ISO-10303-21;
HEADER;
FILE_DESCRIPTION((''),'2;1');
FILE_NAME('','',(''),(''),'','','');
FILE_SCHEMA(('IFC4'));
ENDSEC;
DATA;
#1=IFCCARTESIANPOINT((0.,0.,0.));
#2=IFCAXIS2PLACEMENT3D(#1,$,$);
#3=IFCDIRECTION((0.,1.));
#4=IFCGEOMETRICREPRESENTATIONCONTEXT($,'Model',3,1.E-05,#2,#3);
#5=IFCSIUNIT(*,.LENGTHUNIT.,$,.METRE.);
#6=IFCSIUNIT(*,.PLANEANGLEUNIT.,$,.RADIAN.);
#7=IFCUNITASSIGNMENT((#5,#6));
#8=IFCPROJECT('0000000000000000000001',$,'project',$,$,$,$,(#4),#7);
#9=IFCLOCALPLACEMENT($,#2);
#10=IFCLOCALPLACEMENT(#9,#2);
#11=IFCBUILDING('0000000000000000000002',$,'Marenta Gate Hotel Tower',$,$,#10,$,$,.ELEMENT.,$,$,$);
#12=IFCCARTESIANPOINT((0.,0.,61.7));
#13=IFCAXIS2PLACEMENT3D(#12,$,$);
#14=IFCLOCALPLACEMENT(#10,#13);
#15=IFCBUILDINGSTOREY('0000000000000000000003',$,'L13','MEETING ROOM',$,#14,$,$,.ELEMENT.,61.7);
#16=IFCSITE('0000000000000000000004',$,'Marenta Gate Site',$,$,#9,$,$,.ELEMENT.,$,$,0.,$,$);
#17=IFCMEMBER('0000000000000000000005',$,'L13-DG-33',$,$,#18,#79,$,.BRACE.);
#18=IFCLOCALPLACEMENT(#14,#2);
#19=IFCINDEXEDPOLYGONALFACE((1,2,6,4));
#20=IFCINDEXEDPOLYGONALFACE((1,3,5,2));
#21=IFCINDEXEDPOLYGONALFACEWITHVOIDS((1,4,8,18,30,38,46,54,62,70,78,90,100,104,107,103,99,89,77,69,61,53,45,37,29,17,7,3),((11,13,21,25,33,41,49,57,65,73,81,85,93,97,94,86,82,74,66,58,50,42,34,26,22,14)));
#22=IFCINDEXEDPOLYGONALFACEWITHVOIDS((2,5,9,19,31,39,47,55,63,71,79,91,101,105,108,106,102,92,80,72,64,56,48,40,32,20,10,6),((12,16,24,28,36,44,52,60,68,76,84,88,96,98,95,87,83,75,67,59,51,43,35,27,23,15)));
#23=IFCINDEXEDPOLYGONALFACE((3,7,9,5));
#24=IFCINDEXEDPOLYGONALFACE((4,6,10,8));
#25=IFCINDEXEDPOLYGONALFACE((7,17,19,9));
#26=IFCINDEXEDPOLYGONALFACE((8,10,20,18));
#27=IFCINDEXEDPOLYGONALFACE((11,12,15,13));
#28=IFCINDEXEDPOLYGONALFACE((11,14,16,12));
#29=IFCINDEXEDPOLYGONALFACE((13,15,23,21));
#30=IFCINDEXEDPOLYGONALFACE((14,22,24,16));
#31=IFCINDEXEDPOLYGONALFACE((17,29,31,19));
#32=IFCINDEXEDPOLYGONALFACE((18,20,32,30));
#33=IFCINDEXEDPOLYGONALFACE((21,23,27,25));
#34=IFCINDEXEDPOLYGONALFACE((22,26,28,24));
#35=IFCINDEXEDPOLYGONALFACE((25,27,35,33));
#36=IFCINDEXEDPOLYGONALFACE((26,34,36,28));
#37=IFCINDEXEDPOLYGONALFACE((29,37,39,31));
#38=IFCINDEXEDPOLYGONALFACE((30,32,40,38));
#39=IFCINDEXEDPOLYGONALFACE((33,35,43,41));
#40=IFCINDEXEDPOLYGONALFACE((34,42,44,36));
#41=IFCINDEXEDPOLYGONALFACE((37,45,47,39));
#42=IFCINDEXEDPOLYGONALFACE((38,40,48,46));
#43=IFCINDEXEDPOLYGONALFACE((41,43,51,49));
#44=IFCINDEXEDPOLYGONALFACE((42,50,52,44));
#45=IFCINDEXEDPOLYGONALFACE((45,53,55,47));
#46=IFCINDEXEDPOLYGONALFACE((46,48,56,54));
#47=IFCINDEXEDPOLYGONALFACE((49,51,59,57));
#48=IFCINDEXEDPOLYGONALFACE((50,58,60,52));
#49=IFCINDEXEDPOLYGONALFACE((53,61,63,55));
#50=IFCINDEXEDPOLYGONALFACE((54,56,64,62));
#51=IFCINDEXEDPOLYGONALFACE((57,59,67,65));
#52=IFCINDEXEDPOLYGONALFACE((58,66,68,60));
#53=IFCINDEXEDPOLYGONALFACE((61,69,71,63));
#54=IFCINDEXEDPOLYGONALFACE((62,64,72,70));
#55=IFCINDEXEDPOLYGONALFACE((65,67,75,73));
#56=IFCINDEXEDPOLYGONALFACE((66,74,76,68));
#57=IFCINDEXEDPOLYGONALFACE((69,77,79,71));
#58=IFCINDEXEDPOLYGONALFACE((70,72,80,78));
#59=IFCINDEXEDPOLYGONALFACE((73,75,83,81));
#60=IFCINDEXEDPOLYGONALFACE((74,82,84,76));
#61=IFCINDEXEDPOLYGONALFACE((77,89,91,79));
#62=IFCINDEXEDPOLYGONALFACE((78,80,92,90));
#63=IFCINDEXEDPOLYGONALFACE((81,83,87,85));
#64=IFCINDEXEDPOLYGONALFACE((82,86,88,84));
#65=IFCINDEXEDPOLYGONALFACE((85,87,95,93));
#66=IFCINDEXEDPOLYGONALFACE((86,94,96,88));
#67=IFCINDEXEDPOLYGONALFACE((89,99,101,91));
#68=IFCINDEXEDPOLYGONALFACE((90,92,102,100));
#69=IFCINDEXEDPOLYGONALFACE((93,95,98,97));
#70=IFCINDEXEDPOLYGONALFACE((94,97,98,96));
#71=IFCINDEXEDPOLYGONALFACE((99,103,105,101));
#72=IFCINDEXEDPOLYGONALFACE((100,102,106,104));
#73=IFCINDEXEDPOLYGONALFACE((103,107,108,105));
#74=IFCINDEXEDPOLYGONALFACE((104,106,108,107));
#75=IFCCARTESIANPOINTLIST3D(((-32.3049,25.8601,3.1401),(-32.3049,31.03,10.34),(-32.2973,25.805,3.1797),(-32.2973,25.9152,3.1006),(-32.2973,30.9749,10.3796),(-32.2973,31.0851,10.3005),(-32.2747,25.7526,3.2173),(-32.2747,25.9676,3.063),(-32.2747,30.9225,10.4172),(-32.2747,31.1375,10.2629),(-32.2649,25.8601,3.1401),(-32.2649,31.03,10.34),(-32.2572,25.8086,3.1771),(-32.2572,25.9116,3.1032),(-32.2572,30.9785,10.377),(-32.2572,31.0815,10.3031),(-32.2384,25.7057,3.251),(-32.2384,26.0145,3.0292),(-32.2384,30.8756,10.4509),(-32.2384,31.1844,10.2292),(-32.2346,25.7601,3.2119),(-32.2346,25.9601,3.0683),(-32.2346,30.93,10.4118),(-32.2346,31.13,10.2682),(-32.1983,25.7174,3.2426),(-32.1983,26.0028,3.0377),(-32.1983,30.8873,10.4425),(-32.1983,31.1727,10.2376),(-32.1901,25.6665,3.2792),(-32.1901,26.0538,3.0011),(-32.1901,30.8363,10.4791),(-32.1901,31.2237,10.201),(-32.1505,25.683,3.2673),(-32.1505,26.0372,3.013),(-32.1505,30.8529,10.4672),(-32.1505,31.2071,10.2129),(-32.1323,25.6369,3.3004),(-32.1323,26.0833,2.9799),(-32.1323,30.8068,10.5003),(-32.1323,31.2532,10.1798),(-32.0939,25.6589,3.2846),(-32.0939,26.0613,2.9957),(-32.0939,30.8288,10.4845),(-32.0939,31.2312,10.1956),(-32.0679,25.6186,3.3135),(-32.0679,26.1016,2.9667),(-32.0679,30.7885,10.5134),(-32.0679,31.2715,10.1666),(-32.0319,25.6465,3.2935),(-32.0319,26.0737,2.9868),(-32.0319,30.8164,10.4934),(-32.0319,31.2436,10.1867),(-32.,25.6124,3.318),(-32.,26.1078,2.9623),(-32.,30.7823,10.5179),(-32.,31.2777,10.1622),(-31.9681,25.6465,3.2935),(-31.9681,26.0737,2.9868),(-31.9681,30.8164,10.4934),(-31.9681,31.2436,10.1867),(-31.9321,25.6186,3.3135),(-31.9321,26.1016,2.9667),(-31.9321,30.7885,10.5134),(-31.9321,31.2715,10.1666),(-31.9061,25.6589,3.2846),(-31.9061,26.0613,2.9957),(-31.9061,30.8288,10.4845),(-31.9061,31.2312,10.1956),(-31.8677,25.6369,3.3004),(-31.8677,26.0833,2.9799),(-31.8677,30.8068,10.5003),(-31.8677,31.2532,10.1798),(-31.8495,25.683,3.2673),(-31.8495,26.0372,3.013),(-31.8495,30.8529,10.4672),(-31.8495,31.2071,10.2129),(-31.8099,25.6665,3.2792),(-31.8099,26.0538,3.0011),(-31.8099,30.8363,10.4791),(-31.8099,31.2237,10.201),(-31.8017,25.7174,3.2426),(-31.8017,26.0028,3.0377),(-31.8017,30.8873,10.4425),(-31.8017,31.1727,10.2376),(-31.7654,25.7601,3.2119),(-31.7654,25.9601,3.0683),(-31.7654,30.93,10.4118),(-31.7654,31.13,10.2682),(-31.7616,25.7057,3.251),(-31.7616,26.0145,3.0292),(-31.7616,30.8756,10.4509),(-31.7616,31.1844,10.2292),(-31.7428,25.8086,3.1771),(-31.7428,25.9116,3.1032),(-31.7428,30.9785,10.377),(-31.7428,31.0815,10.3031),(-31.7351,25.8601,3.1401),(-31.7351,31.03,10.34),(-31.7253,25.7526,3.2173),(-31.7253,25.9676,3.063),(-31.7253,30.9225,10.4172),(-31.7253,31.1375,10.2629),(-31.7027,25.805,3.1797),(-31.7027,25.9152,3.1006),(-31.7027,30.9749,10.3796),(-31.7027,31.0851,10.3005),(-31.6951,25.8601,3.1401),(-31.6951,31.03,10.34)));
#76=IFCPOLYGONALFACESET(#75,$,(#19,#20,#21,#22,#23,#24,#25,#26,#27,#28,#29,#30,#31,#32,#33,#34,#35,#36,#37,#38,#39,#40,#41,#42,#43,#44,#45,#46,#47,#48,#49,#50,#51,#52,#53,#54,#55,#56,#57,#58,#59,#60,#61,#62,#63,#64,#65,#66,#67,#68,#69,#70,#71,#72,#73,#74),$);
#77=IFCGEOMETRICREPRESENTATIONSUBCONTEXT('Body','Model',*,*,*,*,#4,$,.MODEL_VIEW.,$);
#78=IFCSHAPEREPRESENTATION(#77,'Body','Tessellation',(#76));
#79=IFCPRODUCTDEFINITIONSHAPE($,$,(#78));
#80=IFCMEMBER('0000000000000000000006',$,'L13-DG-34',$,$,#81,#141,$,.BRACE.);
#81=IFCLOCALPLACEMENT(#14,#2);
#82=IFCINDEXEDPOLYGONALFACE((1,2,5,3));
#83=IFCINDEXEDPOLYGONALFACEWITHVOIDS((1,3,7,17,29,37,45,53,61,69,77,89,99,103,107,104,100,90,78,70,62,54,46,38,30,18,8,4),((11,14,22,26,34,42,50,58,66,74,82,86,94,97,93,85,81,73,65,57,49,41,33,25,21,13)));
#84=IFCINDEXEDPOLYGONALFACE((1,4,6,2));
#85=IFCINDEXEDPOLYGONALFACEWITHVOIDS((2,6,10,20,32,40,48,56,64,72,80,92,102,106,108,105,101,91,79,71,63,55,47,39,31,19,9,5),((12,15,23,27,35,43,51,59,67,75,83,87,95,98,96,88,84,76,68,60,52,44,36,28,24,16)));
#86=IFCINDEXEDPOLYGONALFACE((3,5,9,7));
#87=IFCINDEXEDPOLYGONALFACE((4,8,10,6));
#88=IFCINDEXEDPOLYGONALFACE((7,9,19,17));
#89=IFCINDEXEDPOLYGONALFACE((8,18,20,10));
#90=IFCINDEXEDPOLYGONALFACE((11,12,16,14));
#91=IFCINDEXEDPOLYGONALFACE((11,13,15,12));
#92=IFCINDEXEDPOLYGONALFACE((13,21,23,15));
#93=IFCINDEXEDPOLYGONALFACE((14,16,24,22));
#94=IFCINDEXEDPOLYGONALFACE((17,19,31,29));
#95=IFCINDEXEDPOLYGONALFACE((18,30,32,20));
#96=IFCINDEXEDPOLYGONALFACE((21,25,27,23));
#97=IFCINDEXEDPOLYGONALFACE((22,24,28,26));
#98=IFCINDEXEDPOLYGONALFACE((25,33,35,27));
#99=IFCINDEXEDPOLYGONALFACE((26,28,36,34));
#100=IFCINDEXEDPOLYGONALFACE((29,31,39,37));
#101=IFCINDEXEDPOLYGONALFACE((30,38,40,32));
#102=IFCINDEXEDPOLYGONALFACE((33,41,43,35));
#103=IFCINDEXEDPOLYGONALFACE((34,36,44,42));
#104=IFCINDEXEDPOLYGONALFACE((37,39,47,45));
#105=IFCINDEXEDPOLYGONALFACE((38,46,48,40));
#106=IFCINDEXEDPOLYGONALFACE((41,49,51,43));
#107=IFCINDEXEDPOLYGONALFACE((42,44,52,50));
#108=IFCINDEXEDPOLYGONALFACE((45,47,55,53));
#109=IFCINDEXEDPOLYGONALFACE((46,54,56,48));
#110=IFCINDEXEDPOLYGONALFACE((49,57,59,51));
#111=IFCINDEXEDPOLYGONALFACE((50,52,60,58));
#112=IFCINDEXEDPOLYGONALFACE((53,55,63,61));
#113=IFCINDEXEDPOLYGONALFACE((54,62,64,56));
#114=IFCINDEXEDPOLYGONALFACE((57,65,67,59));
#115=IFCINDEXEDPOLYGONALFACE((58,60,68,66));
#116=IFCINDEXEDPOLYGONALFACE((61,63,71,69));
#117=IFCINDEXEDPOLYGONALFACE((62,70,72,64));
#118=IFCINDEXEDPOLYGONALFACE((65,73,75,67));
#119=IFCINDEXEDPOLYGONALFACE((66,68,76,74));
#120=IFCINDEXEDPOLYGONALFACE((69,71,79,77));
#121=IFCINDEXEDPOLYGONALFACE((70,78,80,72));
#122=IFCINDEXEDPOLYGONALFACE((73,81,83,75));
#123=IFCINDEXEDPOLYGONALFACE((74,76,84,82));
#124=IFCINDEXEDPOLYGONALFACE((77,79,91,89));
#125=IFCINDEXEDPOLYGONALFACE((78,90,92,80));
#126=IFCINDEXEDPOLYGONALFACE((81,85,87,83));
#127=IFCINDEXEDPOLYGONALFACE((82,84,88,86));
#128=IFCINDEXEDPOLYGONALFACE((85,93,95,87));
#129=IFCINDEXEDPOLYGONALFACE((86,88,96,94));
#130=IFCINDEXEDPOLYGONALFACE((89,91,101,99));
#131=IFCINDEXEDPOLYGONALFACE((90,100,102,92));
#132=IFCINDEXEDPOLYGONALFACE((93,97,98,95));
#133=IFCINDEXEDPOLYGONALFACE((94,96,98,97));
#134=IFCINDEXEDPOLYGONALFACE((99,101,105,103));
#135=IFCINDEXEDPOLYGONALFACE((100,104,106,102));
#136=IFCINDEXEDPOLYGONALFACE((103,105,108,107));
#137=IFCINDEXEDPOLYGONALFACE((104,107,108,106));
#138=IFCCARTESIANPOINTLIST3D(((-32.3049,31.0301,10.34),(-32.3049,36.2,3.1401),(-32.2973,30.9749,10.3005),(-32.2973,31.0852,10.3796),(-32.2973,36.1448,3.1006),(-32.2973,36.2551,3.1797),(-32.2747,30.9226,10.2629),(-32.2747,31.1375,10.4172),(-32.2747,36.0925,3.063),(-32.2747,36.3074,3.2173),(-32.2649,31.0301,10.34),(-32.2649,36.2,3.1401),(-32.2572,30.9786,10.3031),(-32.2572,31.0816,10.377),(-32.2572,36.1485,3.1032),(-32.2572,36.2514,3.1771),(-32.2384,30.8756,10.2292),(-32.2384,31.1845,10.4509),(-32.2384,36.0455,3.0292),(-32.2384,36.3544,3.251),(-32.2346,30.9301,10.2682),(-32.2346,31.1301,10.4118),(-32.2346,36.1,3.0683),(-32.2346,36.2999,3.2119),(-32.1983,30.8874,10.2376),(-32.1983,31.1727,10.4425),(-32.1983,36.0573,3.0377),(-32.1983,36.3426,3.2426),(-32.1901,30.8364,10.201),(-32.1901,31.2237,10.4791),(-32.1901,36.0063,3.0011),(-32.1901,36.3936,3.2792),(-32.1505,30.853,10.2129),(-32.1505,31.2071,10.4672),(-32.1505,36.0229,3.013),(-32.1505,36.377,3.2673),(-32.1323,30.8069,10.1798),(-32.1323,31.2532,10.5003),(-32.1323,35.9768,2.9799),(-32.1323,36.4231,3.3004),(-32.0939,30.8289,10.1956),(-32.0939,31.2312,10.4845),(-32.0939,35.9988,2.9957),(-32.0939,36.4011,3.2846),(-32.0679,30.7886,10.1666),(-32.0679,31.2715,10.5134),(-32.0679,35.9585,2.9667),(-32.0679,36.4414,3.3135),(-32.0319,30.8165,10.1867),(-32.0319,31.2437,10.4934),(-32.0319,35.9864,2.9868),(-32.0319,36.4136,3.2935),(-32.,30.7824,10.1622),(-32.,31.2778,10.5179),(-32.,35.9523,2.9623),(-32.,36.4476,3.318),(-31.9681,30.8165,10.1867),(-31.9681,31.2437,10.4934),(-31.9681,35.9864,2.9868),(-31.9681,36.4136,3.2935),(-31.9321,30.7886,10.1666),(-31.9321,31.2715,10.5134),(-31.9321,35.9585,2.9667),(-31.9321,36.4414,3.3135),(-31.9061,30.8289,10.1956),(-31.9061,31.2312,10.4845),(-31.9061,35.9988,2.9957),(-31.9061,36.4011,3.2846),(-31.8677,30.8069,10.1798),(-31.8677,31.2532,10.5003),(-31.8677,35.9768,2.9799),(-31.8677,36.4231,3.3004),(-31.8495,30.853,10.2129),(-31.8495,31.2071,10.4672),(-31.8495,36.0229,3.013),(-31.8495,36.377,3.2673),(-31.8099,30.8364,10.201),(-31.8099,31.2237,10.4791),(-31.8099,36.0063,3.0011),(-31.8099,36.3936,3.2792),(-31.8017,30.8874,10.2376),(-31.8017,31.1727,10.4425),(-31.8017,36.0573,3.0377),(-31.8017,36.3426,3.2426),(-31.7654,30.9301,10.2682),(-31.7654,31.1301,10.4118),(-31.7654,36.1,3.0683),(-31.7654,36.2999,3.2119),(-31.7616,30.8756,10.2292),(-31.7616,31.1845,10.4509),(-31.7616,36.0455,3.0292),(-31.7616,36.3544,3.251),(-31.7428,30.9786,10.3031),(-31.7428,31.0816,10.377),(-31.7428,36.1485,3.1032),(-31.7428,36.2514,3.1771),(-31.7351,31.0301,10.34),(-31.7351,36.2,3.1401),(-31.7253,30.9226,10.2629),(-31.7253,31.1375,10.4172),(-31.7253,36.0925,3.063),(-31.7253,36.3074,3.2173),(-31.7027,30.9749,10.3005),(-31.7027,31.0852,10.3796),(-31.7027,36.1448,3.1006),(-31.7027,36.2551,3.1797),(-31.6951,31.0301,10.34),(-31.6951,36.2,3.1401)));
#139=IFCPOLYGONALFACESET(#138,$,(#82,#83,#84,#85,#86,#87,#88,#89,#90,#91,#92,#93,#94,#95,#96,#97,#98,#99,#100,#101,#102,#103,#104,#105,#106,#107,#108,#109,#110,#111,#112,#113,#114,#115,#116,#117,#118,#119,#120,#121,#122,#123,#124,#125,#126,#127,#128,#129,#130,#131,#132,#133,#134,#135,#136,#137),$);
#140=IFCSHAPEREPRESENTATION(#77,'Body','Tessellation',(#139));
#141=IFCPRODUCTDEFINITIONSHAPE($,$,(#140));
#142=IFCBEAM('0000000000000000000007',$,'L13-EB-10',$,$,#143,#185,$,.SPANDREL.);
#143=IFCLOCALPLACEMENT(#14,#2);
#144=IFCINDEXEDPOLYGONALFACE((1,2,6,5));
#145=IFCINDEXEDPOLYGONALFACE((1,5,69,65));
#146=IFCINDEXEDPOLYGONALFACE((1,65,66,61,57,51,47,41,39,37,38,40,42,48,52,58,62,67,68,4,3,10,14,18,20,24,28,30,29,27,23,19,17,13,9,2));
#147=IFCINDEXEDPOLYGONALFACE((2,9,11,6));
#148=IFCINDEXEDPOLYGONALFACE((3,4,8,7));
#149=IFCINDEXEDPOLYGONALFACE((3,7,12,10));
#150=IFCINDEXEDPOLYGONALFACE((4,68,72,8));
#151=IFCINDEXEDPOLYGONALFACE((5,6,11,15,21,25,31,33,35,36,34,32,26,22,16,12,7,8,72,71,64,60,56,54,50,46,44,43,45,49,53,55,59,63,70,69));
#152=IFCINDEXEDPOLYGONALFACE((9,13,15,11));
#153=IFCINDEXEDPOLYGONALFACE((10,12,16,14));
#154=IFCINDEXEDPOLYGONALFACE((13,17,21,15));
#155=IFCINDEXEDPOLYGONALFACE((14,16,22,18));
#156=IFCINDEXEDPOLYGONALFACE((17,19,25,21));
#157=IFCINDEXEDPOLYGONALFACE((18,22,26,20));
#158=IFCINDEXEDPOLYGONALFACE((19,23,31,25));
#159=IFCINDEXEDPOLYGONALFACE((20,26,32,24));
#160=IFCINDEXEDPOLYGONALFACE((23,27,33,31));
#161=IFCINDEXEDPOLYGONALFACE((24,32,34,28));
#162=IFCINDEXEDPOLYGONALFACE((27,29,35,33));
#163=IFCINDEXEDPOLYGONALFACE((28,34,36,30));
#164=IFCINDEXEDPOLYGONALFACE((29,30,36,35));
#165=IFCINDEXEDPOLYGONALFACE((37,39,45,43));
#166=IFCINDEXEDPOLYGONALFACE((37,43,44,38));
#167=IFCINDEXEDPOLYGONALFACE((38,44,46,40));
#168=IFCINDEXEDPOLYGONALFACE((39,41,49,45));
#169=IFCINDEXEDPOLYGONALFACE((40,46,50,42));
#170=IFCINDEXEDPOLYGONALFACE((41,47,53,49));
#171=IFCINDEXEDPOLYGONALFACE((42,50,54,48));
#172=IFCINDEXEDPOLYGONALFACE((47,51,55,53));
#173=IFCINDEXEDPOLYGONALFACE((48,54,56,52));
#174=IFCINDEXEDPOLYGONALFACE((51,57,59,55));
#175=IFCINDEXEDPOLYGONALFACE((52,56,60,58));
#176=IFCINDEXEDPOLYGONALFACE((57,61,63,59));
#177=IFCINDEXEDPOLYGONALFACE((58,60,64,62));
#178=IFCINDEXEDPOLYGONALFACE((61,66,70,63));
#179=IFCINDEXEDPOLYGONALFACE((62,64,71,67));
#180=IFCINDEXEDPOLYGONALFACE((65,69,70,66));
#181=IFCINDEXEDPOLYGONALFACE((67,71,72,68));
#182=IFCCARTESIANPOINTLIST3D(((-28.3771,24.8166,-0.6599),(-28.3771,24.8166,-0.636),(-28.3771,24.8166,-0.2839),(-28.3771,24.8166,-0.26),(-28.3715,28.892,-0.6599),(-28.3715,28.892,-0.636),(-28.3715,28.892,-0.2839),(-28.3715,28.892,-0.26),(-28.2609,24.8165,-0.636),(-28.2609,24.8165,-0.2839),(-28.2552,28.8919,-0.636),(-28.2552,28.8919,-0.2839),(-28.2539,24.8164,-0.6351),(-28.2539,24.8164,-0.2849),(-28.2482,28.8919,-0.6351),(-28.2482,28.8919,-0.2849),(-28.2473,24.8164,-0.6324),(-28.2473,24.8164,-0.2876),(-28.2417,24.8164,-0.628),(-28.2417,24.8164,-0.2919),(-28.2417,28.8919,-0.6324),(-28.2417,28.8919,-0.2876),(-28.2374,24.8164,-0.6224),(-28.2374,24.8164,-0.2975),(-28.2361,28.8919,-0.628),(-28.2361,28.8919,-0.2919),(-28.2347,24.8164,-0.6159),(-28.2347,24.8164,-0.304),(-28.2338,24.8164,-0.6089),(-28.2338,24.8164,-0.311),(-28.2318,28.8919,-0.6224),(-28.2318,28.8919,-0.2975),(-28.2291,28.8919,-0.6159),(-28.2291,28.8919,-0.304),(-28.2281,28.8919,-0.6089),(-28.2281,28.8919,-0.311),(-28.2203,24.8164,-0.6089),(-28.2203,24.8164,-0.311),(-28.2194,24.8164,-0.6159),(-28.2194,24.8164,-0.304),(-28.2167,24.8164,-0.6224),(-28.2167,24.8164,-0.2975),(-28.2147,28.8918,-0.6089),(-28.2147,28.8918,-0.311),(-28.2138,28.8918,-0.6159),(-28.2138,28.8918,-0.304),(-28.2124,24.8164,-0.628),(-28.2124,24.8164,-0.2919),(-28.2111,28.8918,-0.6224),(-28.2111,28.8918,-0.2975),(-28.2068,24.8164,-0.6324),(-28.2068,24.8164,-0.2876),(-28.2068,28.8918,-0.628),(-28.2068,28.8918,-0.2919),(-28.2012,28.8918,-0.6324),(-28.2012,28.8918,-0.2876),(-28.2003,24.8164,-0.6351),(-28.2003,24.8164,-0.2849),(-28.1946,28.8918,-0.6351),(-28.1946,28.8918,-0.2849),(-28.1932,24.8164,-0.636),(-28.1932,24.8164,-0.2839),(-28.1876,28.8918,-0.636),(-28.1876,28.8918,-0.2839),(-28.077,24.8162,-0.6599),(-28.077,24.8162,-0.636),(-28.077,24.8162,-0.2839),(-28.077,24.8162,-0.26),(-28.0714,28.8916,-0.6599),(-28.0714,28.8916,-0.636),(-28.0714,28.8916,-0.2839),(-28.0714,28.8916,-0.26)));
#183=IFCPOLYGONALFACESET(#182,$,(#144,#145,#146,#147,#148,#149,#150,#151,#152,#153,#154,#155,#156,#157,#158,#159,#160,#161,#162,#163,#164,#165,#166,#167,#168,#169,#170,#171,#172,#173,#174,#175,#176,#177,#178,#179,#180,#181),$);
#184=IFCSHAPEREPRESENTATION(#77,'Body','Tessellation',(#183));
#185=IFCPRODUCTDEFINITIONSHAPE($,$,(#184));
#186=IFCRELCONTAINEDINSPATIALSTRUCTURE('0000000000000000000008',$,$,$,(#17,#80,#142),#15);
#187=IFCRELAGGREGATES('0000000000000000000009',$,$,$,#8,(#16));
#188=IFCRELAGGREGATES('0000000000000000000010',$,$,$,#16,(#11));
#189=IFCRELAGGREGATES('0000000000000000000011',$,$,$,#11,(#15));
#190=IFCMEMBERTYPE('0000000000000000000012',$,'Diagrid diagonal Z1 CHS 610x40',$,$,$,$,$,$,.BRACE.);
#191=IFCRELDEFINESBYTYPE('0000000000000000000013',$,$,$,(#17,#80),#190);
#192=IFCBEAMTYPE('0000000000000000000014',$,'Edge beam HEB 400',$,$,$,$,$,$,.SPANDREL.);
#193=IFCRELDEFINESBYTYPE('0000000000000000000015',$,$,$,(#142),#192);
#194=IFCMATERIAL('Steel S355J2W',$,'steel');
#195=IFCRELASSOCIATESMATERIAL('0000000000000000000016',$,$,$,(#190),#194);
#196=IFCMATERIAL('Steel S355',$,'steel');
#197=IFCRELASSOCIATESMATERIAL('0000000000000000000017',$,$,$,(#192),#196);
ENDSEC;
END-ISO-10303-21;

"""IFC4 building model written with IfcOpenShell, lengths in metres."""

from ifc_helpers import new_model, si_unit, direction, frame, origin, origin_2d, place, context, subcontext, project, spatial, hollow_circle, i_section, extrude, material, material_profile, profile_set, type_object, element, save


model = new_model("IFC4")

# Units and contexts
model_context = context("Model", 3, precision=1e-05, world=origin(), true_north=direction((0.0, 1.0)))
body_context = subcontext(model_context, "Body", "Model", "MODEL_VIEW")
ifc_project = project(units=[si_unit("LENGTHUNIT", "METRE"), si_unit("PLANEANGLEUNIT", "RADIAN")], contexts=[model_context])

# Site, building, storey
site_placement = place(None, origin())
site = spatial("IfcSite", under=ifc_project, at=site_placement, Name="Marenta Gate Site", CompositionType="ELEMENT", RefElevation=0.0)
building_placement = place(site_placement, origin())
building = spatial("IfcBuilding", under=site, at=building_placement, Name="Marenta Gate Hotel Tower", CompositionType="ELEMENT")
storey_placement = place(building_placement, frame((0.0, 0.0, 61.7)))
storey = spatial("IfcBuildingStorey", under=building, at=storey_placement, Name="L13", Description="MEETING ROOM", CompositionType="ELEMENT", Elevation=61.7)

# Members
ifc_material_1 = material(Name="Steel S355J2W", Category="steel")
ifc_material_profile_1 = material_profile(ifc_material_1, hollow_circle(Radius=0.3049, WallThickness=0.04, at=origin_2d()), Name="CHS 610x40")
ifc_profile_set_1 = profile_set([ifc_material_profile_1], Name="Steel S355J2W")
member_type_1 = type_object("IfcMemberType", Name="Diagrid diagonal Z1 CHS 610x40", PredefinedType="BRACE", material=ifc_profile_set_1)
for number, where, z_axis, x_axis, name in (
    (1, (-32.0, 25.8601, 3.1401), (0.0, 0.583261, 0.812285), (-1.0, 0.0, 0.0), "L13-DG-33"),
    (2, (-32.0, 36.2, 3.1401), (0.0, -0.583261, 0.812285), (1.0, 0.0, 0.0), "L13-DG-34"),
):
    element("IfcMember", number, at=place(storey_placement, frame(where, z_axis=z_axis, x_axis=x_axis)), inside=storey, type_object=member_type_1, Name=name, PredefinedType="BRACE", context=body_context, shape_type="SweptSolid", body=[
        extrude(hollow_circle(Radius=0.3049, WallThickness=0.04, at=origin_2d()), origin(), (0.0, 0.0, 1.0), 8.8638),
    ])

# Beam
ifc_material_2 = material(Name="Steel S355", Category="steel")
ifc_material_profile_2 = material_profile(ifc_material_2, i_section(OverallWidth=0.3, OverallDepth=0.3999, WebThickness=0.0134, FlangeThickness=0.0239, FilletRadius=0.0271, at=origin_2d()), Name="HEB 400")
ifc_profile_set_2 = profile_set([ifc_material_profile_2], Name="Steel S355")
beam_type_1 = type_object("IfcBeamType", Name="Edge beam HEB 400", PredefinedType="SPANDREL", material=ifc_profile_set_2)
beam_1_placement = place(storey_placement, frame((-28.2271, 24.8164, -0.46), z_axis=(0.001378, 0.999999, 0.0), x_axis=(-0.999999, 0.001378, 0.0)))
element("IfcBeam", 3, at=beam_1_placement, inside=storey, type_object=beam_type_1, Name="L13-EB-10", PredefinedType="SPANDREL", context=body_context, shape_type="SweptSolid", body=[
    extrude(i_section(OverallWidth=0.3, OverallDepth=0.3999, WebThickness=0.0134, FlangeThickness=0.0239, FilletRadius=0.0271, at=origin_2d()), origin(), (0.0, 0.0, 1.0), 4.0754),
])

save(model, "model.ifc")
